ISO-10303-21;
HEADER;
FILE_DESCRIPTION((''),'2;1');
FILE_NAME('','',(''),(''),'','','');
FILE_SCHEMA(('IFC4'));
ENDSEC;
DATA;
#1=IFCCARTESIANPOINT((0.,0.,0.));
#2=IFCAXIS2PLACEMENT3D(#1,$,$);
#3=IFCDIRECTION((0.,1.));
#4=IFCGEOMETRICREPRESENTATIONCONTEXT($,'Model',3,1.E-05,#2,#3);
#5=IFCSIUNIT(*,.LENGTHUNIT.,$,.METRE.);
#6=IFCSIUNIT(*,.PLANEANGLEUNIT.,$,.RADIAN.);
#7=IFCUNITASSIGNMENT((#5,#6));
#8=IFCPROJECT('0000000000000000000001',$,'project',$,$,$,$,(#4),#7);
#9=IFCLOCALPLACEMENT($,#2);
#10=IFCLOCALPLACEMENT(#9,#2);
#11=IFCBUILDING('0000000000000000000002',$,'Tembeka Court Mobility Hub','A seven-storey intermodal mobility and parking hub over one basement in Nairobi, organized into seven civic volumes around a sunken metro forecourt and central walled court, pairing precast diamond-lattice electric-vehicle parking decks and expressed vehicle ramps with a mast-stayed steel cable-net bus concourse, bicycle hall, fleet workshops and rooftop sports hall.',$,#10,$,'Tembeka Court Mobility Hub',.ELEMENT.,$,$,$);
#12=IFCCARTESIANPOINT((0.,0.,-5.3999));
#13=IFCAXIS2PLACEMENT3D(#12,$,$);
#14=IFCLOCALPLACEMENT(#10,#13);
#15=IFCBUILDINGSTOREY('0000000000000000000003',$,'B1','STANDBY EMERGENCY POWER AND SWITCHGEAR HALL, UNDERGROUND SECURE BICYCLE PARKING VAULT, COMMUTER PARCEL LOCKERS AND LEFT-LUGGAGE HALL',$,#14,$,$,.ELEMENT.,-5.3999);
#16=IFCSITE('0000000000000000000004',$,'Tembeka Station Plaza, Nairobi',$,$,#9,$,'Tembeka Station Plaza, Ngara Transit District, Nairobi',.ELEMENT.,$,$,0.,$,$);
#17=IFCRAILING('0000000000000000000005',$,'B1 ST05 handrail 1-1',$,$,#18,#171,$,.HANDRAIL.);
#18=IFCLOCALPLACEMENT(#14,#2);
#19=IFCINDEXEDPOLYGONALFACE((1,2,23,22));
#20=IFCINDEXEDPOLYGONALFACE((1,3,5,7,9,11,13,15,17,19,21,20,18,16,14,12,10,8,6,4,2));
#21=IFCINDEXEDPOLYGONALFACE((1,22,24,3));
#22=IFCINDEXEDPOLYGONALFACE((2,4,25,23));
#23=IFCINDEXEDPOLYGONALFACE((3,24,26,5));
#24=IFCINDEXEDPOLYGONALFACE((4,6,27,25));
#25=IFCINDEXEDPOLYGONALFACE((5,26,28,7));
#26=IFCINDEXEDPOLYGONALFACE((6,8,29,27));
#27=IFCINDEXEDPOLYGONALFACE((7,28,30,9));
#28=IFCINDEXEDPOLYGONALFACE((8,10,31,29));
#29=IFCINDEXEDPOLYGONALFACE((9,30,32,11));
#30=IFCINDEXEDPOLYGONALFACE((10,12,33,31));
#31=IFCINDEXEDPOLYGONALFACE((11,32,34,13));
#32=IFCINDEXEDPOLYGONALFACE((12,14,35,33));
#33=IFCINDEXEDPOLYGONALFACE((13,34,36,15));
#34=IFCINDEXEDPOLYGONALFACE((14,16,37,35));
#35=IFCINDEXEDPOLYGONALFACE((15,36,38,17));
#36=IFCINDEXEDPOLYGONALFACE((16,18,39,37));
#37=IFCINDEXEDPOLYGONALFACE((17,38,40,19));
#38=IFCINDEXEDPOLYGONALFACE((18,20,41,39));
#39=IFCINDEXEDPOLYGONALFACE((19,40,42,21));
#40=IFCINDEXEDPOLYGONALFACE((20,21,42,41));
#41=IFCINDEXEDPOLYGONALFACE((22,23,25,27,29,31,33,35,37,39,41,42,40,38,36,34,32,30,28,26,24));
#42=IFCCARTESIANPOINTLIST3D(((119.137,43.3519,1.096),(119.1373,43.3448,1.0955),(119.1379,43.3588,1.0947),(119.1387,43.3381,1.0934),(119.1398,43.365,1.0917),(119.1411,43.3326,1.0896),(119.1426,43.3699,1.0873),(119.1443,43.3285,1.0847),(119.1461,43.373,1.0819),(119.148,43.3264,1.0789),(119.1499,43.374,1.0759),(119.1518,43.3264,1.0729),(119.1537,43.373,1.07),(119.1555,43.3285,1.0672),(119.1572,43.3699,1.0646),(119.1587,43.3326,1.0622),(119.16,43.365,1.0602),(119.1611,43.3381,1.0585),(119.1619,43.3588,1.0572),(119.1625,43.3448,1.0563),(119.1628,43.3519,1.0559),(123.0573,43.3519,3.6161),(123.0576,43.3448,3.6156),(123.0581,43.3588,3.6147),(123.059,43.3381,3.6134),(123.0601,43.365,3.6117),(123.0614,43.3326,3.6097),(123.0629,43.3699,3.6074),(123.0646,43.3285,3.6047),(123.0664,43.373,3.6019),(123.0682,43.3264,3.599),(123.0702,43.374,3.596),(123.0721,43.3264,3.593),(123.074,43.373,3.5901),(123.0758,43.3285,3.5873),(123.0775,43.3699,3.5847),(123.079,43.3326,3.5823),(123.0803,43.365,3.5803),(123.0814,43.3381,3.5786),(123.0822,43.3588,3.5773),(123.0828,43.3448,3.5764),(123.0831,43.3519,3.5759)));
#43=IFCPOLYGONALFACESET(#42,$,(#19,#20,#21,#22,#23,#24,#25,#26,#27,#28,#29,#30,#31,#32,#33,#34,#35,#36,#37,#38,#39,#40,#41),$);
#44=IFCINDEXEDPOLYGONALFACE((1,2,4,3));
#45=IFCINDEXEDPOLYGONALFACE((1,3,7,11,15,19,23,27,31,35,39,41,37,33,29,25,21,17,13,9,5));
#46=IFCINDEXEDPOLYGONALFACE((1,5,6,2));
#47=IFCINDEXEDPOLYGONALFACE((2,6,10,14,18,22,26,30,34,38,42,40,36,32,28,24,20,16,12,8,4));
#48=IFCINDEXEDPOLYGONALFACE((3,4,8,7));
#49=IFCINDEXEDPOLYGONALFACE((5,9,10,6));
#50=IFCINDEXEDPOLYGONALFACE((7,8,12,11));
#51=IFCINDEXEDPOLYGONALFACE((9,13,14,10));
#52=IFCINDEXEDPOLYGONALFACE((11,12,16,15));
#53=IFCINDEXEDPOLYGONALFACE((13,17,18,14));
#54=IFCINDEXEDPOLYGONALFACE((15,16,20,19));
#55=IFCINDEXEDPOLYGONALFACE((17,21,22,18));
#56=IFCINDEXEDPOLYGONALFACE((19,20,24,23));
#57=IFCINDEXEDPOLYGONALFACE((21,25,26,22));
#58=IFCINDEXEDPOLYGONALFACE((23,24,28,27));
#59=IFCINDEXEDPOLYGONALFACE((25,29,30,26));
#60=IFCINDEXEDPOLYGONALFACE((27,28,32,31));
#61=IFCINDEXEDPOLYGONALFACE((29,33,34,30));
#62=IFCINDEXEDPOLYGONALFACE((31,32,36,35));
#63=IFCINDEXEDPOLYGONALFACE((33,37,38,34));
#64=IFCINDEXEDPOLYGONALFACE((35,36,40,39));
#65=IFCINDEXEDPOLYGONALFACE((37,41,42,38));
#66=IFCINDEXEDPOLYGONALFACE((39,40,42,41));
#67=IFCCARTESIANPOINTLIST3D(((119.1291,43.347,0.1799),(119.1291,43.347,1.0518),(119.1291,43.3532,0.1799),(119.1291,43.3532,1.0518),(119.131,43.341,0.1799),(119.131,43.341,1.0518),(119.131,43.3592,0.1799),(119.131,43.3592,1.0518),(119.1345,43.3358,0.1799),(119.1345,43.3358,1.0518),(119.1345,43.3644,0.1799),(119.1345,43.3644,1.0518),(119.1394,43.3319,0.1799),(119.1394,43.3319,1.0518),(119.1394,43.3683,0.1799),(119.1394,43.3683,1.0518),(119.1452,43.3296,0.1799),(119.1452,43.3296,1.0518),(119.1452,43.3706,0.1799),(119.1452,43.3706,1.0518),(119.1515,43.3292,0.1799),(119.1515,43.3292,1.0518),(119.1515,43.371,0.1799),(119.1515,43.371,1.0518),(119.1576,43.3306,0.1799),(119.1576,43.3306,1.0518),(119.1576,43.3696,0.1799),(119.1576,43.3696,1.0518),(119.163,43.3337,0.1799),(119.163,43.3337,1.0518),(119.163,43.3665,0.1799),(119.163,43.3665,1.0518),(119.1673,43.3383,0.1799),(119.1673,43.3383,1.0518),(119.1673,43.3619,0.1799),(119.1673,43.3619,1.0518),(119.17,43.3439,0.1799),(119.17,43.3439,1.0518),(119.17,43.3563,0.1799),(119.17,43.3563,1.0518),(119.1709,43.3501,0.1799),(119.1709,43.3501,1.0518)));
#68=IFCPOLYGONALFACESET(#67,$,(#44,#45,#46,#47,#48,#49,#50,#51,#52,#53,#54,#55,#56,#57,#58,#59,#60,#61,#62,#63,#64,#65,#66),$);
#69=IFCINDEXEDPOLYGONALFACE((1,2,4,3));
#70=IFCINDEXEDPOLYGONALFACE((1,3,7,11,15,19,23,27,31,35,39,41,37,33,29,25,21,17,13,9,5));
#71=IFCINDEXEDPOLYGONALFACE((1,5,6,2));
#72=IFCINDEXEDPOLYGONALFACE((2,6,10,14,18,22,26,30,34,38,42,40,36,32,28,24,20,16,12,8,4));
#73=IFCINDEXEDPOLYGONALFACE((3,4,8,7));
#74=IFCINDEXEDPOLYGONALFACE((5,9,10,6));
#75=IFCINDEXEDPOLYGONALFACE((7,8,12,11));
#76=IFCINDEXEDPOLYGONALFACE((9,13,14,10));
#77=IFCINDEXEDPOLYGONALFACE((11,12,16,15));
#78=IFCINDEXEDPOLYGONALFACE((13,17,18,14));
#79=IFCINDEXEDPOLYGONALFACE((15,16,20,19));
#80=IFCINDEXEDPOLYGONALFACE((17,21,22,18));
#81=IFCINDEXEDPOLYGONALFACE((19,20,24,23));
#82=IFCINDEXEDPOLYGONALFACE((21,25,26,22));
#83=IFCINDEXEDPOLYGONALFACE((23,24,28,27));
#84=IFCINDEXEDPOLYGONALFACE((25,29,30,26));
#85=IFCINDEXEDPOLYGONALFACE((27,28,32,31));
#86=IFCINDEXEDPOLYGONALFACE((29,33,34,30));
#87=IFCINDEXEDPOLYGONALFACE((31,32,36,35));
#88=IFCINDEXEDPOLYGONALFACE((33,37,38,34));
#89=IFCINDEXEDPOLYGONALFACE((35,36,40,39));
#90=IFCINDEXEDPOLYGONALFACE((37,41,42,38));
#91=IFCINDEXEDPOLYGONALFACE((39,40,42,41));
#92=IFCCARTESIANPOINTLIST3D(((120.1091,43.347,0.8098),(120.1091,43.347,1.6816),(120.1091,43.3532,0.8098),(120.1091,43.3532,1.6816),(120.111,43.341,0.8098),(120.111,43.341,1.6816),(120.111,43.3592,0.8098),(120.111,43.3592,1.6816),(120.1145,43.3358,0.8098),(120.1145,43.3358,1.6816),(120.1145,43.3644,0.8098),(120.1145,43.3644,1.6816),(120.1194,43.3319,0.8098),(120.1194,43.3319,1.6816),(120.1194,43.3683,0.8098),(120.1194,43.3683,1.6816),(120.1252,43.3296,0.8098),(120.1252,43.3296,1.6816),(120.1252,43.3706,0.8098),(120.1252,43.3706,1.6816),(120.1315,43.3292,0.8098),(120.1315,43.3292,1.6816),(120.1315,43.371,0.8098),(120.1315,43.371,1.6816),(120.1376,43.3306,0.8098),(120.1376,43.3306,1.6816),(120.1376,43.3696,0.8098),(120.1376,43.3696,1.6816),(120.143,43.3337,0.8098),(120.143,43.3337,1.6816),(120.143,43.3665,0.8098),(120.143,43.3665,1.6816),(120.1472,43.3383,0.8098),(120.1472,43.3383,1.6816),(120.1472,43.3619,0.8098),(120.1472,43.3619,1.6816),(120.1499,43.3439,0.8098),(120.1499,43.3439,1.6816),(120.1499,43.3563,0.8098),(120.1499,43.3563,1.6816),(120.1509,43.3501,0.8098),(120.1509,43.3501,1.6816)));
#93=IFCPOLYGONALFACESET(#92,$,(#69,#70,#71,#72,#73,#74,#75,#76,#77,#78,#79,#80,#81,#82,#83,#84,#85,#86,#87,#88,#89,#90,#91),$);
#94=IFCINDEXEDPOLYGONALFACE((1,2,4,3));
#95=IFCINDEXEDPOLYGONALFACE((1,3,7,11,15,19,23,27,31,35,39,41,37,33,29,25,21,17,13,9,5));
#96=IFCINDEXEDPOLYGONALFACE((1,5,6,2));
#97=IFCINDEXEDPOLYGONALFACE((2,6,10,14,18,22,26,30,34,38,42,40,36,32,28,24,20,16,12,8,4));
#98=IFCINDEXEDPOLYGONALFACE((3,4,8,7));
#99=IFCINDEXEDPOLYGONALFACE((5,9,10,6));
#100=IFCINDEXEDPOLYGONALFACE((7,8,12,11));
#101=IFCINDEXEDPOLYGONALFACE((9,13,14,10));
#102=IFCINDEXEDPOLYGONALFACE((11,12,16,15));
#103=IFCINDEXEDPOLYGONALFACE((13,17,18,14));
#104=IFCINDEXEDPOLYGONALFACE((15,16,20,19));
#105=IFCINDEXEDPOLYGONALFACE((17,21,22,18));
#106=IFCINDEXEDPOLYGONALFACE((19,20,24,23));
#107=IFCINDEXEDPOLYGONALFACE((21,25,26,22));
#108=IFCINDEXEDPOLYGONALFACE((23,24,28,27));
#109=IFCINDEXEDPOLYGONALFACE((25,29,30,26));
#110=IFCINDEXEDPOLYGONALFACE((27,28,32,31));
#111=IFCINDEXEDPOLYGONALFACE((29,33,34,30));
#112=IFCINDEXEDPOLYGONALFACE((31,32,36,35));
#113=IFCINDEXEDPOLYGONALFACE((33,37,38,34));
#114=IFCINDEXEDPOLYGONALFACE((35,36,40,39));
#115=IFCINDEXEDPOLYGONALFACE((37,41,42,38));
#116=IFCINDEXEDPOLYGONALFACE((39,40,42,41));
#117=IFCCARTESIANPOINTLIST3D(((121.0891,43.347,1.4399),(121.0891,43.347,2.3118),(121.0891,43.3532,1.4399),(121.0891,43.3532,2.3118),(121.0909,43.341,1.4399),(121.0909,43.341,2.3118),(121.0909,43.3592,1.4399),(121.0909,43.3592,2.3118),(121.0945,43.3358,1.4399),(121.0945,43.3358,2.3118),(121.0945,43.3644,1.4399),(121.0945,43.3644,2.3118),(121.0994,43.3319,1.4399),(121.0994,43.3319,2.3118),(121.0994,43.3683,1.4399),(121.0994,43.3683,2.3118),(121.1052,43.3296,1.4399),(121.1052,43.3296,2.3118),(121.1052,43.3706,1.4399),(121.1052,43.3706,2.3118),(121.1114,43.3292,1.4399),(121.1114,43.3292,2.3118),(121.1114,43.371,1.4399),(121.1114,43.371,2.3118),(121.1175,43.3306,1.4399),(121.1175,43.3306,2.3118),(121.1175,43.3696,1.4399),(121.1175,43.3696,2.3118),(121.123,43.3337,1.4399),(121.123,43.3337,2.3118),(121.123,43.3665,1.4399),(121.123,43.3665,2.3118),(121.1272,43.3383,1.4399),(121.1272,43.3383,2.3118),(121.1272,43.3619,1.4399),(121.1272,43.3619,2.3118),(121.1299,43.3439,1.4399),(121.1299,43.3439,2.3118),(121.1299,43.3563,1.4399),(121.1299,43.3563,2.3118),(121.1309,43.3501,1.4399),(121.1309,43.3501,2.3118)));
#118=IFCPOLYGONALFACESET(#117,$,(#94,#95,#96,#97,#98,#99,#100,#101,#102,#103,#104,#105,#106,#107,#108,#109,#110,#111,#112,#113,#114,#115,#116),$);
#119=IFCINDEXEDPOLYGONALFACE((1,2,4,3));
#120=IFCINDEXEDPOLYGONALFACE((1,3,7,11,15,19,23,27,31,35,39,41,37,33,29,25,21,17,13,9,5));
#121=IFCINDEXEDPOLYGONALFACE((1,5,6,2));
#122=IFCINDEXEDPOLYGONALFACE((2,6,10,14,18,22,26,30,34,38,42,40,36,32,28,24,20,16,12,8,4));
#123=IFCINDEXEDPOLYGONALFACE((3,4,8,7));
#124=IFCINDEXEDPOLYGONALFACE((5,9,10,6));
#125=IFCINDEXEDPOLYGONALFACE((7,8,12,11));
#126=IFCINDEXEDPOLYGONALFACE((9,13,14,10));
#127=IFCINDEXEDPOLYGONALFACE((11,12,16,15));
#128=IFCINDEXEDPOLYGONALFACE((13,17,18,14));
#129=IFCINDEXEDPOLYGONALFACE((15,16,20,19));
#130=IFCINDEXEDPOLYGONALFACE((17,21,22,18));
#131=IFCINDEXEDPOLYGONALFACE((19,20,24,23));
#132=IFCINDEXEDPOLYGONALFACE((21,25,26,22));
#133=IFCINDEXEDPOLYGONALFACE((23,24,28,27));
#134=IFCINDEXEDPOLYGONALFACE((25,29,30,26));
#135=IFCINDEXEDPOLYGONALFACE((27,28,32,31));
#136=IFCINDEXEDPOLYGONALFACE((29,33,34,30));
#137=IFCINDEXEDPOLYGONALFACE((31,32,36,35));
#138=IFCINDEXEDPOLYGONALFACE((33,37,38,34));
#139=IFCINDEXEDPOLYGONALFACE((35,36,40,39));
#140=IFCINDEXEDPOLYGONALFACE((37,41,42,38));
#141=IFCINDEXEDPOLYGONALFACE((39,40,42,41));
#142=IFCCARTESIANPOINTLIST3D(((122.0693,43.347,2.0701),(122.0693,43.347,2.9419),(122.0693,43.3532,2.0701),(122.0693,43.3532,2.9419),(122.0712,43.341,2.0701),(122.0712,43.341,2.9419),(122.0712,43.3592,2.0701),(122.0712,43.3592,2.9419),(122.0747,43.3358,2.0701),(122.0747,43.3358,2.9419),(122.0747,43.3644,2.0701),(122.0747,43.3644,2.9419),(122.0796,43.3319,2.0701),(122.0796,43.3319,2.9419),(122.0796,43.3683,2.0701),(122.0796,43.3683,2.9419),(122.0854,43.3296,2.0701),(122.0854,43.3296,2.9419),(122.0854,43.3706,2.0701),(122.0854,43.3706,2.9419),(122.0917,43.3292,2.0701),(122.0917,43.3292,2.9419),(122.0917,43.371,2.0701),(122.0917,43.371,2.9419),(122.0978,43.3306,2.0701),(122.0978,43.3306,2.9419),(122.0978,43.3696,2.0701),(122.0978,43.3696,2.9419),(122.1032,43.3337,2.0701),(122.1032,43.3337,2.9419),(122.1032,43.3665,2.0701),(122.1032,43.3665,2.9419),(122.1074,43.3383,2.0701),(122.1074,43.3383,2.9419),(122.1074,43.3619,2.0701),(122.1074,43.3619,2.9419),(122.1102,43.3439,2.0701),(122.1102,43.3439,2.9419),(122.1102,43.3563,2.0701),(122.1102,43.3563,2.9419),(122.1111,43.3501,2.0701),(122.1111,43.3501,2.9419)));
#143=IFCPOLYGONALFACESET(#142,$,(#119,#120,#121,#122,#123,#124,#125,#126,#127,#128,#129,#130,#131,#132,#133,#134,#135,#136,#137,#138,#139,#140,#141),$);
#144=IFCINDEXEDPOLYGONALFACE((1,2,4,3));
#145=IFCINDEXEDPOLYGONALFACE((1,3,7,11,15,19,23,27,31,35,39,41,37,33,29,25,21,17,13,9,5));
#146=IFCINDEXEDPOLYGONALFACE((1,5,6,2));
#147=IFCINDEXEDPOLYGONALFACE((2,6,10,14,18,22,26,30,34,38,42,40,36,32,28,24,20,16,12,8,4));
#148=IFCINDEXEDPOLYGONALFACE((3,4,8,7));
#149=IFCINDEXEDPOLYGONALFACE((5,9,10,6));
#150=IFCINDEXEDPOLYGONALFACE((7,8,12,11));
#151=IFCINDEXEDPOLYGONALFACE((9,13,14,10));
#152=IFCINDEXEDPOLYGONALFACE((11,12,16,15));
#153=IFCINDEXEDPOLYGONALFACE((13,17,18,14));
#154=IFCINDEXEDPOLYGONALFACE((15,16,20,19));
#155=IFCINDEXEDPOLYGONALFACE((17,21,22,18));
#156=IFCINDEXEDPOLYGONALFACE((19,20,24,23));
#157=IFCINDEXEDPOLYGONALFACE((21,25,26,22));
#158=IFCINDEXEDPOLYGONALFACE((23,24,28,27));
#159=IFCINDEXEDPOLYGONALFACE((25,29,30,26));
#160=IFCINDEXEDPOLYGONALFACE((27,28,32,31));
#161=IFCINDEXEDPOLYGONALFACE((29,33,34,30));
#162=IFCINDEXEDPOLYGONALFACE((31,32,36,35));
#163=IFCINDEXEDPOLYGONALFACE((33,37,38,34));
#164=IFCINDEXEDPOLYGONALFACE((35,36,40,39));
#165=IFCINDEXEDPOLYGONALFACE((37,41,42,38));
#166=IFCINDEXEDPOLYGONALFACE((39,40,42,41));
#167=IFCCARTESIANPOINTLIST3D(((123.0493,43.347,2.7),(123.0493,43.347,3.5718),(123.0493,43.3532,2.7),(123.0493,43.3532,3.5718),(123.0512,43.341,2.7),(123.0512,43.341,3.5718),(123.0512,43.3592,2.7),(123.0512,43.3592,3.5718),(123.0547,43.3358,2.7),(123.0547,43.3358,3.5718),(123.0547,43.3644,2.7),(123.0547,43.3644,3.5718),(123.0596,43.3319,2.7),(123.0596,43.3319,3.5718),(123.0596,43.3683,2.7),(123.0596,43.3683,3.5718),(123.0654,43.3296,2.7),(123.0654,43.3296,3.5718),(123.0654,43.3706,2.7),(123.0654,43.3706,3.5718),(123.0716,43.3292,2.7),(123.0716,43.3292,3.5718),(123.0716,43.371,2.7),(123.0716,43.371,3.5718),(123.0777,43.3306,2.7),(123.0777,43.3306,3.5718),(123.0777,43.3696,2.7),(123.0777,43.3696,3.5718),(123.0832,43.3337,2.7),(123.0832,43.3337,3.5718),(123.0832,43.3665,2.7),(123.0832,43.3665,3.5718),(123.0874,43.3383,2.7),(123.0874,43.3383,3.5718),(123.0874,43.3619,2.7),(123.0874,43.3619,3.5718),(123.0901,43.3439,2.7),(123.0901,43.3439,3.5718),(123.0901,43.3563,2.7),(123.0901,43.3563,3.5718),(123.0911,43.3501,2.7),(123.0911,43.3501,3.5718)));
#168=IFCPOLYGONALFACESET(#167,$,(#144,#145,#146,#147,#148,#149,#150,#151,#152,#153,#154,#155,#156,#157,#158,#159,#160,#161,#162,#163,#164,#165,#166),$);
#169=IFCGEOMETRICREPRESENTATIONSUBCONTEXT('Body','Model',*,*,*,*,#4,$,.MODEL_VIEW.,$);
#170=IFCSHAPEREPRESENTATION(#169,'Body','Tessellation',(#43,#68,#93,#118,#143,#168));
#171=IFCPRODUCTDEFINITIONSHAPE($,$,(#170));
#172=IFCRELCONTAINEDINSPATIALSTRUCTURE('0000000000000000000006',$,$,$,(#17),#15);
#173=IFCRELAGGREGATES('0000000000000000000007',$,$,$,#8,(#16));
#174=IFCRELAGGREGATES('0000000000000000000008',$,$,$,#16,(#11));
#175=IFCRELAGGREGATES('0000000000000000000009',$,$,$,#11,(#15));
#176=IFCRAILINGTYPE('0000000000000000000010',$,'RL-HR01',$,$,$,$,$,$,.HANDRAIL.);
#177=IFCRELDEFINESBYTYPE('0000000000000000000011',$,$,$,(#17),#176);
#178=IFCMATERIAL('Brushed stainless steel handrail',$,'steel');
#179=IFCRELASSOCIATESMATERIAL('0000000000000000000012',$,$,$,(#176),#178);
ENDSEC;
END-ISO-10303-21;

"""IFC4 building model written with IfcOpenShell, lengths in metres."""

from ifc_helpers import new_model, si_unit, direction, frame, origin, origin_2d, place, context, subcontext, project, spatial, circle, extrude, material, type_object, element, save


model = new_model("IFC4")

# Units and contexts
model_context = context("Model", 3, precision=1e-05, world=origin(), true_north=direction((0.0, 1.0)))
body_context = subcontext(model_context, "Body", "Model", "MODEL_VIEW")
ifc_project = project(units=[si_unit("LENGTHUNIT", "METRE"), si_unit("PLANEANGLEUNIT", "RADIAN")], contexts=[model_context])

# Site, building, storey
site_placement = place(None, origin())
site = spatial("IfcSite", under=ifc_project, at=site_placement, Name="Tembeka Station Plaza, Nairobi", LongName="Tembeka Station Plaza, Ngara Transit District, Nairobi", CompositionType="ELEMENT", RefElevation=0.0)
building_placement = place(site_placement, origin())
building = spatial("IfcBuilding", under=site, at=building_placement, Name="Tembeka Court Mobility Hub", Description="A seven-storey intermodal mobility and parking hub over one basement in Nairobi, organized into seven civic volumes around a sunken metro forecourt and central walled court, pairing precast diamond-lattice electric-vehicle parking decks and expressed vehicle ramps with a mast-stayed steel cable-net bus concourse, bicycle hall, fleet workshops and rooftop sports hall.", LongName="Tembeka Court Mobility Hub", CompositionType="ELEMENT")
storey_placement = place(building_placement, frame((0.0, 0.0, -5.3999)))
storey = spatial("IfcBuildingStorey", under=building, at=storey_placement, Name="B1", Description="STANDBY EMERGENCY POWER AND SWITCHGEAR HALL, UNDERGROUND SECURE BICYCLE PARKING VAULT, COMMUTER PARCEL LOCKERS AND LEFT-LUGGAGE HALL", CompositionType="ELEMENT", Elevation=-5.3999)

# Railing
ifc_material_1 = material(Name="Brushed stainless steel handrail", Category="steel")
railing_type_1 = type_object("IfcRailingType", Name="RL-HR01", PredefinedType="HANDRAIL", material=ifc_material_1)
railing_1_placement = place(storey_placement, frame((119.1499, 43.3501, 0.1799)))
element("IfcRailing", 1, at=railing_1_placement, inside=storey, type_object=railing_type_1, Name="B1 ST05 handrail 1-1", PredefinedType="HANDRAIL", context=body_context, shape_type="SweptSolid", body=[
    extrude(circle(Radius=0.0239, at=origin_2d()), frame((0.0, 0.0, 0.896), z_axis=(0.841187, 0.0, 0.540744), x_axis=(0.0, 1.0, 0.0)), (0.0, 0.0, 1.0), 4.6604),
    extrude(circle(Radius=0.021, at=origin_2d()), origin(), (0.0, 0.0, 1.0), 0.8718),
    extrude(circle(Radius=0.021, at=origin_2d()), frame((0.98, 0.0, 0.6299)), (0.0, 0.0, 1.0), 0.8718),
    extrude(circle(Radius=0.021, at=origin_2d()), frame((1.96, 0.0, 1.26)), (0.0, 0.0, 1.0), 0.8718),
    extrude(circle(Radius=0.021, at=origin_2d()), frame((2.9402, 0.0, 1.8901)), (0.0, 0.0, 1.0), 0.8718),
    extrude(circle(Radius=0.021, at=origin_2d()), frame((3.9202, 0.0, 2.52)), (0.0, 0.0, 1.0), 0.8718),
])

save(model, "model.ifc")
